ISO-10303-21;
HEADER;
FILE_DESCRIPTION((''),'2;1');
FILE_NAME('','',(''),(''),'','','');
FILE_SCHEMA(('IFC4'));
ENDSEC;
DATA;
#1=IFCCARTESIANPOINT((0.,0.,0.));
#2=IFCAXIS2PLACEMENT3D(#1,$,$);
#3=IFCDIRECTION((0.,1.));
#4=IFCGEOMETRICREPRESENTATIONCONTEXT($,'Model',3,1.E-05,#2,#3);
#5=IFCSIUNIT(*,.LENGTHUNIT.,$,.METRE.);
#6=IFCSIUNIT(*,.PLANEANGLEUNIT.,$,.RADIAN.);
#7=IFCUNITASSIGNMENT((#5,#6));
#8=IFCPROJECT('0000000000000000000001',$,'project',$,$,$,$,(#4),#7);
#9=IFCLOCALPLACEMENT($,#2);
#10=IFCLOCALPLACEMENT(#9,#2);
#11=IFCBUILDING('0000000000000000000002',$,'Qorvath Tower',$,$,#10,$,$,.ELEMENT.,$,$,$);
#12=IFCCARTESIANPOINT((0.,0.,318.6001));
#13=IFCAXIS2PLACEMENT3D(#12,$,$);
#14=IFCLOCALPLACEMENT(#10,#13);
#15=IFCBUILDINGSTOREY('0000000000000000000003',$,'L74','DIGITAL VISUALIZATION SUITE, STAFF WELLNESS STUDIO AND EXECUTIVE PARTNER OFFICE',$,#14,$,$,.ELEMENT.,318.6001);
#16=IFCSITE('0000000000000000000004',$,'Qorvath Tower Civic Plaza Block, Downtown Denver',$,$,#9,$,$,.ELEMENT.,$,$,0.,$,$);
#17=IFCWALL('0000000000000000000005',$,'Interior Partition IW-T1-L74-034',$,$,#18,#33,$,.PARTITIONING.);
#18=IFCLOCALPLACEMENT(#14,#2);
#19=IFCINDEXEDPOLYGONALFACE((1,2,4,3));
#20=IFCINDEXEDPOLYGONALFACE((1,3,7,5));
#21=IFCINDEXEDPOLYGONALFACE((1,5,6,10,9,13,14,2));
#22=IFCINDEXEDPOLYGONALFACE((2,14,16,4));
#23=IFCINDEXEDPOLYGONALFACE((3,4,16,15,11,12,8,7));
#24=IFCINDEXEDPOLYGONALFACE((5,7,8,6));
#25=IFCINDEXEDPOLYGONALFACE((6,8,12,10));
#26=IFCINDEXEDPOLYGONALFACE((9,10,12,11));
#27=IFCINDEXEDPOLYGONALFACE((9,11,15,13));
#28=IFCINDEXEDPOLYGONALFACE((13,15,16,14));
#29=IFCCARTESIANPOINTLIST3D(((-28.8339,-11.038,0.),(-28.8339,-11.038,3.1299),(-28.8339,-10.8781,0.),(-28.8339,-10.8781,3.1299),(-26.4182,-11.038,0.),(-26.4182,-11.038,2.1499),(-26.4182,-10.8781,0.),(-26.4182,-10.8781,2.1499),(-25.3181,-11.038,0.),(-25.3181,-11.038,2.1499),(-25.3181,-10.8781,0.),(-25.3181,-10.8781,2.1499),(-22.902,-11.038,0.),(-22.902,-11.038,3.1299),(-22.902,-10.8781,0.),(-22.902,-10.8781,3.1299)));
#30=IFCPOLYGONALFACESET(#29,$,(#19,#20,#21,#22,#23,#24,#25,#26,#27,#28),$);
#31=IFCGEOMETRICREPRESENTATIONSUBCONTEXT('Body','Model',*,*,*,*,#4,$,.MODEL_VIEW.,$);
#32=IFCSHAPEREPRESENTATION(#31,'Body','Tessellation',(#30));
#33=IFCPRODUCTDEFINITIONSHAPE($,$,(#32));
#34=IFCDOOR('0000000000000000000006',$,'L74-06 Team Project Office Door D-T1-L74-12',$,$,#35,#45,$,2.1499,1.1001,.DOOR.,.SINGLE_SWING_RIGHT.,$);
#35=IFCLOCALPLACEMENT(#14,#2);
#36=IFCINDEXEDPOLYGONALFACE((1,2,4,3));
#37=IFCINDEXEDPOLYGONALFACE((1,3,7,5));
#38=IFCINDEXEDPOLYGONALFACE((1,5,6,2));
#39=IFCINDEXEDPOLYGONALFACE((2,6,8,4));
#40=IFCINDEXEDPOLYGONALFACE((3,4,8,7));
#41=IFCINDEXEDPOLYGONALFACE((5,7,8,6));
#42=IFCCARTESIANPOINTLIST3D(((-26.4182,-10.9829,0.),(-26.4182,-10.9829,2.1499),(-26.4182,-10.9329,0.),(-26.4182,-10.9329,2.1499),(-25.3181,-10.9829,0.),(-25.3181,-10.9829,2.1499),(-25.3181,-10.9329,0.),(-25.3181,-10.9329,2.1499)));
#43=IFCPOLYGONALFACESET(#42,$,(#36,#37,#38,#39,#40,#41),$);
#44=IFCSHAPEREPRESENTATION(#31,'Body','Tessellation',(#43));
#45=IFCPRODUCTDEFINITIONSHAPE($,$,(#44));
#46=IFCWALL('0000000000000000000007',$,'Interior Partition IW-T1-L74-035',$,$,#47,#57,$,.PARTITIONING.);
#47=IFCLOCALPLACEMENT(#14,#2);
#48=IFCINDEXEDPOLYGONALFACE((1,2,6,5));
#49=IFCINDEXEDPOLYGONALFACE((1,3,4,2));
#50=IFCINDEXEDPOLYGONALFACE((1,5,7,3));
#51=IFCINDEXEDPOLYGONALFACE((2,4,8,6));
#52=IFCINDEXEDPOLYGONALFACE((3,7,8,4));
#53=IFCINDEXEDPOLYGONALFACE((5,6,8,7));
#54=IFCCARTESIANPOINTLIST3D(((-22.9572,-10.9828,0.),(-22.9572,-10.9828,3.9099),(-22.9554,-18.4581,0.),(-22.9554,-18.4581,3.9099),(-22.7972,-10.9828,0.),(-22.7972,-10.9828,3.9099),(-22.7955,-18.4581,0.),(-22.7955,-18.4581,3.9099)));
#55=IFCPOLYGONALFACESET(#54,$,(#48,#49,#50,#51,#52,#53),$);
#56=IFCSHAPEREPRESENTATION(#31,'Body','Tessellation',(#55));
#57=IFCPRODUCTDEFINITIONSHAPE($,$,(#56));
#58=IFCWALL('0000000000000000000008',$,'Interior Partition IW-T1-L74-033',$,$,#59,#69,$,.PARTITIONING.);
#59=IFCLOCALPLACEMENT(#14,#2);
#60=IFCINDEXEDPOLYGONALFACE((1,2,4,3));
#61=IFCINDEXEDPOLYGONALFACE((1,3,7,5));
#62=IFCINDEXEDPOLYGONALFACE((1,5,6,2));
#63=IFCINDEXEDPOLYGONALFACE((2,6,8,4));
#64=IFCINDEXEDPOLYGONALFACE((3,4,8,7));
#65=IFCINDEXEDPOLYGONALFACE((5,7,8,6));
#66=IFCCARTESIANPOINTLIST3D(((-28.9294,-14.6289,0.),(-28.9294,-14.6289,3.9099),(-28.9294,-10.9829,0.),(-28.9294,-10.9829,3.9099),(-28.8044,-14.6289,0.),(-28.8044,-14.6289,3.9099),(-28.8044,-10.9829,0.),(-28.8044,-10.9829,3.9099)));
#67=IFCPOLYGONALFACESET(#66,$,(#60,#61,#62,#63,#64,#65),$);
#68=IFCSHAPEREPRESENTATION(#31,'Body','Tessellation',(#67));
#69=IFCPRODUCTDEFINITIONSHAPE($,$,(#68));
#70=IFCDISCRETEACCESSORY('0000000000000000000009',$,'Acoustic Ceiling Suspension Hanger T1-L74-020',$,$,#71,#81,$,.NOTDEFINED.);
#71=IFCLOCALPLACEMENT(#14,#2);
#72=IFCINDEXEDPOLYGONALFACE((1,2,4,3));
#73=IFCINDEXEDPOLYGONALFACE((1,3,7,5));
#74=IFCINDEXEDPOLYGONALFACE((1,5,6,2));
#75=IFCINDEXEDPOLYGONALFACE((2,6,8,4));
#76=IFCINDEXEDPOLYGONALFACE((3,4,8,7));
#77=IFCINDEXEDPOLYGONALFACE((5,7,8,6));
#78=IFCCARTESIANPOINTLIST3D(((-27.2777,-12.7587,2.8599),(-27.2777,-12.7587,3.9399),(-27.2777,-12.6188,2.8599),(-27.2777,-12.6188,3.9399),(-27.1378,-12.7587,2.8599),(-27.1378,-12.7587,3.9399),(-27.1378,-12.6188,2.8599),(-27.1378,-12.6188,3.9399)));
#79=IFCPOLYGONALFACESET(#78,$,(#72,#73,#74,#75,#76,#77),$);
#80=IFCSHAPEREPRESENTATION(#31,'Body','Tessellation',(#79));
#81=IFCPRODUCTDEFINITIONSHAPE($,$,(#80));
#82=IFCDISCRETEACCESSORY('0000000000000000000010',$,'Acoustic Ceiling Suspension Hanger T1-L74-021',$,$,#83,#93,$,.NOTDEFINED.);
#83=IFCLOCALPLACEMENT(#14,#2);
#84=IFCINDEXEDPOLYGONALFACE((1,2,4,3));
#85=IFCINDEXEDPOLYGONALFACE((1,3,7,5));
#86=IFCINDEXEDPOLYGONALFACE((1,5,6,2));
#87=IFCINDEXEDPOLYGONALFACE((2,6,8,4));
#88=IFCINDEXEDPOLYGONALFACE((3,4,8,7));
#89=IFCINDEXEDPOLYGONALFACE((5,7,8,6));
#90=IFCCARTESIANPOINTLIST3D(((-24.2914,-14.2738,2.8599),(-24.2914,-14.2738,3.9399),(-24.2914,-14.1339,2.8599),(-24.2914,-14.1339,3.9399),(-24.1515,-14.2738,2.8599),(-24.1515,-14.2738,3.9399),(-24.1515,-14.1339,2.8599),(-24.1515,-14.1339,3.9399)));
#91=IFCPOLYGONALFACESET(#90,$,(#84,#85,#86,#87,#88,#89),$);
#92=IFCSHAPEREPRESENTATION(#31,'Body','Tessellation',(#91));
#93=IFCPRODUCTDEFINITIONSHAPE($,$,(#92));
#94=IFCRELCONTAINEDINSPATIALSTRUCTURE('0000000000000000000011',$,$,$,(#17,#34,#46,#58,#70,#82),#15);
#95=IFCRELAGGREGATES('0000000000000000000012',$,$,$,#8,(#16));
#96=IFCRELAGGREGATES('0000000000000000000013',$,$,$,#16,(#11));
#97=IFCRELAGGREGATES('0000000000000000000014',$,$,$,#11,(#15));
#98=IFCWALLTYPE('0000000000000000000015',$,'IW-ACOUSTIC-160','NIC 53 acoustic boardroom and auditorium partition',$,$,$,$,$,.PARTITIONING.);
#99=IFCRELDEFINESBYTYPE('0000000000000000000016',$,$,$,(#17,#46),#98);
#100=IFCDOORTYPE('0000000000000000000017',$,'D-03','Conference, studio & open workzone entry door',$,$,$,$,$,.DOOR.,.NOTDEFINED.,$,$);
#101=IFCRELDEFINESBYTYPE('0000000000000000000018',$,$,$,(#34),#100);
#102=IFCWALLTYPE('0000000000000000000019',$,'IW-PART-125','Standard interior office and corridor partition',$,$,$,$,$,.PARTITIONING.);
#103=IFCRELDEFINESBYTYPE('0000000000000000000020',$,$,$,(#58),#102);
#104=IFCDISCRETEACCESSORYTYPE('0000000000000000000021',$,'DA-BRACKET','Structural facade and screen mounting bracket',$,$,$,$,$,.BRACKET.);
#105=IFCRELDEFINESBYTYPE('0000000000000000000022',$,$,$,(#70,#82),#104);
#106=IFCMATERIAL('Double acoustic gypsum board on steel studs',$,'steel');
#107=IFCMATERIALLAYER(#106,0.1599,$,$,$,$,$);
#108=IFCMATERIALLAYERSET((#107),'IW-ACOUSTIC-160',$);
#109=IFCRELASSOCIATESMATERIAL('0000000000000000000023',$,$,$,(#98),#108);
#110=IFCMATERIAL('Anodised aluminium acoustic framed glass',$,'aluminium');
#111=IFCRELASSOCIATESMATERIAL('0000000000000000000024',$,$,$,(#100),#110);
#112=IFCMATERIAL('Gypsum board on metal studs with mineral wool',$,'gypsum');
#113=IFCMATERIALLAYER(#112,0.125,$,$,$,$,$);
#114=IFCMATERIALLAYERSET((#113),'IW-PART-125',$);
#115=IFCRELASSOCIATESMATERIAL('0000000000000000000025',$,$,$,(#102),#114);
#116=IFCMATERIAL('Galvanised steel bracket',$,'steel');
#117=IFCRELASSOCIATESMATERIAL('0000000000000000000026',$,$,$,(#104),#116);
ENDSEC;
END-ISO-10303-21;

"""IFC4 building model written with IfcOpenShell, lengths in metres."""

from ifc_helpers import new_model, si_unit, direction, frame, frame_2d, origin, origin_2d, place, context, subcontext, project, spatial, rectangle, extrude, material, layer, layer_set, type_object, element, fill, save


model = new_model("IFC4")

# Units and contexts
model_context = context("Model", 3, precision=1e-05, world=origin(), true_north=direction((0.0, 1.0)))
body_context = subcontext(model_context, "Body", "Model", "MODEL_VIEW")
ifc_project = project(units=[si_unit("LENGTHUNIT", "METRE"), si_unit("PLANEANGLEUNIT", "RADIAN")], contexts=[model_context])

# Site, building, storey
site_placement = place(None, origin())
site = spatial("IfcSite", under=ifc_project, at=site_placement, Name="Qorvath Tower Civic Plaza Block, Downtown Denver", CompositionType="ELEMENT", RefElevation=0.0)
building_placement = place(site_placement, origin())
building = spatial("IfcBuilding", under=site, at=building_placement, Name="Qorvath Tower", CompositionType="ELEMENT")
storey_placement = place(building_placement, frame((0.0, 0.0, 318.6001)))
storey = spatial("IfcBuildingStorey", under=building, at=storey_placement, Name="L74", Description="DIGITAL VISUALIZATION SUITE, STAFF WELLNESS STUDIO AND EXECUTIVE PARTNER OFFICE", CompositionType="ELEMENT", Elevation=318.6001)

# Wall, opening, door
ifc_material_1 = material(Name="Double acoustic gypsum board on steel studs", Category="steel")
ifc_layer_1 = layer(ifc_material_1, 0.1599)
ifc_layer_set_1 = layer_set([ifc_layer_1], Name="IW-ACOUSTIC-160")
wall_type_1 = type_object("IfcWallType", Name="IW-ACOUSTIC-160", Description="NIC 53 acoustic boardroom and auditorium partition", PredefinedType="PARTITIONING", material=ifc_layer_set_1)
wall_1_placement = place(storey_placement, frame((-22.9021, -10.958, 0.0), z_axis=(0.0, 0.0, 1.0), x_axis=(-1.0, 0.0, 0.0)))
wall_1 = element("IfcWall", 1, at=wall_1_placement, inside=storey, type_object=wall_type_1, Name="Interior Partition IW-T1-L74-034", PredefinedType="PARTITIONING", context=body_context, shape_type="SweptSolid", body=[
    extrude(rectangle(XDim=5.9319, YDim=0.1599, at=frame_2d((2.9658, 0.0))), origin(), (0.0, 0.0, 1.0), 3.1299),
])
opening_1_placement = place(wall_1_placement, frame((2.416, 0.0, 0.0)))
opening_1 = element("IfcOpeningElement", 2, at=opening_1_placement, cuts=wall_1, PredefinedType="OPENING", context=body_context, shape_type="SweptSolid", body=[
    extrude(rectangle(XDim=1.1001, YDim=2.1499, at=frame_2d((0.55, 1.075))), frame((0.0, 0.0898, 0.0), z_axis=(0.0, -1.0, 0.0), x_axis=(1.0, 0.0, 0.0)), (0.0, 0.0, 1.0), 0.1799),
])
ifc_material_2 = material(Name="Anodised aluminium acoustic framed glass", Category="aluminium")
door_type_1 = type_object("IfcDoorType", Name="D-03", Description="Conference, studio & open workzone entry door", OperationType="NOTDEFINED", PredefinedType="DOOR", material=ifc_material_2)
door_1_placement = place(opening_1_placement, origin())
door_1 = element("IfcDoor", 3, at=door_1_placement, inside=storey, type_object=door_type_1, Name="L74-06 Team Project Office Door D-T1-L74-12", OperationType="SINGLE_SWING_RIGHT", OverallHeight=2.1499, OverallWidth=1.1001, PredefinedType="DOOR", context=body_context, shape_type="SweptSolid", body=[
    extrude(rectangle(XDim=1.1001, YDim=2.1499, at=frame_2d((0.55, 1.075))), frame((0.0, 0.0249, 0.0), z_axis=(0.0, -1.0, 0.0), x_axis=(1.0, 0.0, 0.0)), (0.0, 0.0, 1.0), 0.05),
])
fill(opening_1, door_1)

# Wall
wall_2_placement = place(storey_placement, frame((-22.8755, -18.4583, 0.0), z_axis=(0.0, 0.0, 1.0), x_axis=(-0.000229, 1.0, 0.0)))
element("IfcWall", 4, at=wall_2_placement, inside=storey, type_object=wall_type_1, Name="Interior Partition IW-T1-L74-035", PredefinedType="PARTITIONING", context=body_context, shape_type="SweptSolid", body=[
    extrude(rectangle(XDim=7.4753, YDim=0.1599, at=frame_2d((3.7378, 0.0))), origin(), (0.0, 0.0, 1.0), 3.9099),
])

# Shared definitions
ifc_material_3 = material(Name="Gypsum board on metal studs with mineral wool", Category="gypsum")
ifc_layer_2 = layer(ifc_material_3, 0.125)
ifc_layer_set_2 = layer_set([ifc_layer_2], Name="IW-PART-125")
wall_type_2 = type_object("IfcWallType", Name="IW-PART-125", Description="Standard interior office and corridor partition", PredefinedType="PARTITIONING", material=ifc_layer_set_2)

# Wall
wall_3_placement = place(storey_placement, frame((-28.8669, -14.6289, 0.0), z_axis=(0.0, 0.0, 1.0), x_axis=(0.0, 1.0, 0.0)))
element("IfcWall", 5, at=wall_3_placement, inside=storey, type_object=wall_type_2, Name="Interior Partition IW-T1-L74-033", PredefinedType="PARTITIONING", context=body_context, shape_type="SweptSolid", body=[
    extrude(rectangle(XDim=3.646, YDim=0.125, at=frame_2d((1.823, 0.0))), origin(), (0.0, 0.0, 1.0), 3.9099),
])

# Discrete accessories
ifc_material_4 = material(Name="Galvanised steel bracket", Category="steel")
discrete_accessory_type = type_object("IfcDiscreteAccessoryType", Name="DA-BRACKET", Description="Structural facade and screen mounting bracket", PredefinedType="BRACKET", material=ifc_material_4)
for number, where, z_axis, x_axis, name in (
    (6, (-27.2078, -12.6887, 2.8599), (0.0, 0.0, 1.0), (1.0, 0.0, 0.0), "Acoustic Ceiling Suspension Hanger T1-L74-020"),
    (7, (-24.2214, -14.2039, 2.8599), (0.0, 0.0, 1.0), (1.0, 0.0, 0.0), "Acoustic Ceiling Suspension Hanger T1-L74-021"),
):
    element("IfcDiscreteAccessory", number, at=place(storey_placement, frame(where, z_axis=z_axis, x_axis=x_axis)), inside=storey, type_object=discrete_accessory_type, Name=name, PredefinedType="NOTDEFINED", context=body_context, shape_type="SweptSolid", body=[
        extrude(rectangle(XDim=0.1399, YDim=0.1399, at=origin_2d()), origin(), (0.0, 0.0, 1.0), 1.0801),
    ])

save(model, "model.ifc")
